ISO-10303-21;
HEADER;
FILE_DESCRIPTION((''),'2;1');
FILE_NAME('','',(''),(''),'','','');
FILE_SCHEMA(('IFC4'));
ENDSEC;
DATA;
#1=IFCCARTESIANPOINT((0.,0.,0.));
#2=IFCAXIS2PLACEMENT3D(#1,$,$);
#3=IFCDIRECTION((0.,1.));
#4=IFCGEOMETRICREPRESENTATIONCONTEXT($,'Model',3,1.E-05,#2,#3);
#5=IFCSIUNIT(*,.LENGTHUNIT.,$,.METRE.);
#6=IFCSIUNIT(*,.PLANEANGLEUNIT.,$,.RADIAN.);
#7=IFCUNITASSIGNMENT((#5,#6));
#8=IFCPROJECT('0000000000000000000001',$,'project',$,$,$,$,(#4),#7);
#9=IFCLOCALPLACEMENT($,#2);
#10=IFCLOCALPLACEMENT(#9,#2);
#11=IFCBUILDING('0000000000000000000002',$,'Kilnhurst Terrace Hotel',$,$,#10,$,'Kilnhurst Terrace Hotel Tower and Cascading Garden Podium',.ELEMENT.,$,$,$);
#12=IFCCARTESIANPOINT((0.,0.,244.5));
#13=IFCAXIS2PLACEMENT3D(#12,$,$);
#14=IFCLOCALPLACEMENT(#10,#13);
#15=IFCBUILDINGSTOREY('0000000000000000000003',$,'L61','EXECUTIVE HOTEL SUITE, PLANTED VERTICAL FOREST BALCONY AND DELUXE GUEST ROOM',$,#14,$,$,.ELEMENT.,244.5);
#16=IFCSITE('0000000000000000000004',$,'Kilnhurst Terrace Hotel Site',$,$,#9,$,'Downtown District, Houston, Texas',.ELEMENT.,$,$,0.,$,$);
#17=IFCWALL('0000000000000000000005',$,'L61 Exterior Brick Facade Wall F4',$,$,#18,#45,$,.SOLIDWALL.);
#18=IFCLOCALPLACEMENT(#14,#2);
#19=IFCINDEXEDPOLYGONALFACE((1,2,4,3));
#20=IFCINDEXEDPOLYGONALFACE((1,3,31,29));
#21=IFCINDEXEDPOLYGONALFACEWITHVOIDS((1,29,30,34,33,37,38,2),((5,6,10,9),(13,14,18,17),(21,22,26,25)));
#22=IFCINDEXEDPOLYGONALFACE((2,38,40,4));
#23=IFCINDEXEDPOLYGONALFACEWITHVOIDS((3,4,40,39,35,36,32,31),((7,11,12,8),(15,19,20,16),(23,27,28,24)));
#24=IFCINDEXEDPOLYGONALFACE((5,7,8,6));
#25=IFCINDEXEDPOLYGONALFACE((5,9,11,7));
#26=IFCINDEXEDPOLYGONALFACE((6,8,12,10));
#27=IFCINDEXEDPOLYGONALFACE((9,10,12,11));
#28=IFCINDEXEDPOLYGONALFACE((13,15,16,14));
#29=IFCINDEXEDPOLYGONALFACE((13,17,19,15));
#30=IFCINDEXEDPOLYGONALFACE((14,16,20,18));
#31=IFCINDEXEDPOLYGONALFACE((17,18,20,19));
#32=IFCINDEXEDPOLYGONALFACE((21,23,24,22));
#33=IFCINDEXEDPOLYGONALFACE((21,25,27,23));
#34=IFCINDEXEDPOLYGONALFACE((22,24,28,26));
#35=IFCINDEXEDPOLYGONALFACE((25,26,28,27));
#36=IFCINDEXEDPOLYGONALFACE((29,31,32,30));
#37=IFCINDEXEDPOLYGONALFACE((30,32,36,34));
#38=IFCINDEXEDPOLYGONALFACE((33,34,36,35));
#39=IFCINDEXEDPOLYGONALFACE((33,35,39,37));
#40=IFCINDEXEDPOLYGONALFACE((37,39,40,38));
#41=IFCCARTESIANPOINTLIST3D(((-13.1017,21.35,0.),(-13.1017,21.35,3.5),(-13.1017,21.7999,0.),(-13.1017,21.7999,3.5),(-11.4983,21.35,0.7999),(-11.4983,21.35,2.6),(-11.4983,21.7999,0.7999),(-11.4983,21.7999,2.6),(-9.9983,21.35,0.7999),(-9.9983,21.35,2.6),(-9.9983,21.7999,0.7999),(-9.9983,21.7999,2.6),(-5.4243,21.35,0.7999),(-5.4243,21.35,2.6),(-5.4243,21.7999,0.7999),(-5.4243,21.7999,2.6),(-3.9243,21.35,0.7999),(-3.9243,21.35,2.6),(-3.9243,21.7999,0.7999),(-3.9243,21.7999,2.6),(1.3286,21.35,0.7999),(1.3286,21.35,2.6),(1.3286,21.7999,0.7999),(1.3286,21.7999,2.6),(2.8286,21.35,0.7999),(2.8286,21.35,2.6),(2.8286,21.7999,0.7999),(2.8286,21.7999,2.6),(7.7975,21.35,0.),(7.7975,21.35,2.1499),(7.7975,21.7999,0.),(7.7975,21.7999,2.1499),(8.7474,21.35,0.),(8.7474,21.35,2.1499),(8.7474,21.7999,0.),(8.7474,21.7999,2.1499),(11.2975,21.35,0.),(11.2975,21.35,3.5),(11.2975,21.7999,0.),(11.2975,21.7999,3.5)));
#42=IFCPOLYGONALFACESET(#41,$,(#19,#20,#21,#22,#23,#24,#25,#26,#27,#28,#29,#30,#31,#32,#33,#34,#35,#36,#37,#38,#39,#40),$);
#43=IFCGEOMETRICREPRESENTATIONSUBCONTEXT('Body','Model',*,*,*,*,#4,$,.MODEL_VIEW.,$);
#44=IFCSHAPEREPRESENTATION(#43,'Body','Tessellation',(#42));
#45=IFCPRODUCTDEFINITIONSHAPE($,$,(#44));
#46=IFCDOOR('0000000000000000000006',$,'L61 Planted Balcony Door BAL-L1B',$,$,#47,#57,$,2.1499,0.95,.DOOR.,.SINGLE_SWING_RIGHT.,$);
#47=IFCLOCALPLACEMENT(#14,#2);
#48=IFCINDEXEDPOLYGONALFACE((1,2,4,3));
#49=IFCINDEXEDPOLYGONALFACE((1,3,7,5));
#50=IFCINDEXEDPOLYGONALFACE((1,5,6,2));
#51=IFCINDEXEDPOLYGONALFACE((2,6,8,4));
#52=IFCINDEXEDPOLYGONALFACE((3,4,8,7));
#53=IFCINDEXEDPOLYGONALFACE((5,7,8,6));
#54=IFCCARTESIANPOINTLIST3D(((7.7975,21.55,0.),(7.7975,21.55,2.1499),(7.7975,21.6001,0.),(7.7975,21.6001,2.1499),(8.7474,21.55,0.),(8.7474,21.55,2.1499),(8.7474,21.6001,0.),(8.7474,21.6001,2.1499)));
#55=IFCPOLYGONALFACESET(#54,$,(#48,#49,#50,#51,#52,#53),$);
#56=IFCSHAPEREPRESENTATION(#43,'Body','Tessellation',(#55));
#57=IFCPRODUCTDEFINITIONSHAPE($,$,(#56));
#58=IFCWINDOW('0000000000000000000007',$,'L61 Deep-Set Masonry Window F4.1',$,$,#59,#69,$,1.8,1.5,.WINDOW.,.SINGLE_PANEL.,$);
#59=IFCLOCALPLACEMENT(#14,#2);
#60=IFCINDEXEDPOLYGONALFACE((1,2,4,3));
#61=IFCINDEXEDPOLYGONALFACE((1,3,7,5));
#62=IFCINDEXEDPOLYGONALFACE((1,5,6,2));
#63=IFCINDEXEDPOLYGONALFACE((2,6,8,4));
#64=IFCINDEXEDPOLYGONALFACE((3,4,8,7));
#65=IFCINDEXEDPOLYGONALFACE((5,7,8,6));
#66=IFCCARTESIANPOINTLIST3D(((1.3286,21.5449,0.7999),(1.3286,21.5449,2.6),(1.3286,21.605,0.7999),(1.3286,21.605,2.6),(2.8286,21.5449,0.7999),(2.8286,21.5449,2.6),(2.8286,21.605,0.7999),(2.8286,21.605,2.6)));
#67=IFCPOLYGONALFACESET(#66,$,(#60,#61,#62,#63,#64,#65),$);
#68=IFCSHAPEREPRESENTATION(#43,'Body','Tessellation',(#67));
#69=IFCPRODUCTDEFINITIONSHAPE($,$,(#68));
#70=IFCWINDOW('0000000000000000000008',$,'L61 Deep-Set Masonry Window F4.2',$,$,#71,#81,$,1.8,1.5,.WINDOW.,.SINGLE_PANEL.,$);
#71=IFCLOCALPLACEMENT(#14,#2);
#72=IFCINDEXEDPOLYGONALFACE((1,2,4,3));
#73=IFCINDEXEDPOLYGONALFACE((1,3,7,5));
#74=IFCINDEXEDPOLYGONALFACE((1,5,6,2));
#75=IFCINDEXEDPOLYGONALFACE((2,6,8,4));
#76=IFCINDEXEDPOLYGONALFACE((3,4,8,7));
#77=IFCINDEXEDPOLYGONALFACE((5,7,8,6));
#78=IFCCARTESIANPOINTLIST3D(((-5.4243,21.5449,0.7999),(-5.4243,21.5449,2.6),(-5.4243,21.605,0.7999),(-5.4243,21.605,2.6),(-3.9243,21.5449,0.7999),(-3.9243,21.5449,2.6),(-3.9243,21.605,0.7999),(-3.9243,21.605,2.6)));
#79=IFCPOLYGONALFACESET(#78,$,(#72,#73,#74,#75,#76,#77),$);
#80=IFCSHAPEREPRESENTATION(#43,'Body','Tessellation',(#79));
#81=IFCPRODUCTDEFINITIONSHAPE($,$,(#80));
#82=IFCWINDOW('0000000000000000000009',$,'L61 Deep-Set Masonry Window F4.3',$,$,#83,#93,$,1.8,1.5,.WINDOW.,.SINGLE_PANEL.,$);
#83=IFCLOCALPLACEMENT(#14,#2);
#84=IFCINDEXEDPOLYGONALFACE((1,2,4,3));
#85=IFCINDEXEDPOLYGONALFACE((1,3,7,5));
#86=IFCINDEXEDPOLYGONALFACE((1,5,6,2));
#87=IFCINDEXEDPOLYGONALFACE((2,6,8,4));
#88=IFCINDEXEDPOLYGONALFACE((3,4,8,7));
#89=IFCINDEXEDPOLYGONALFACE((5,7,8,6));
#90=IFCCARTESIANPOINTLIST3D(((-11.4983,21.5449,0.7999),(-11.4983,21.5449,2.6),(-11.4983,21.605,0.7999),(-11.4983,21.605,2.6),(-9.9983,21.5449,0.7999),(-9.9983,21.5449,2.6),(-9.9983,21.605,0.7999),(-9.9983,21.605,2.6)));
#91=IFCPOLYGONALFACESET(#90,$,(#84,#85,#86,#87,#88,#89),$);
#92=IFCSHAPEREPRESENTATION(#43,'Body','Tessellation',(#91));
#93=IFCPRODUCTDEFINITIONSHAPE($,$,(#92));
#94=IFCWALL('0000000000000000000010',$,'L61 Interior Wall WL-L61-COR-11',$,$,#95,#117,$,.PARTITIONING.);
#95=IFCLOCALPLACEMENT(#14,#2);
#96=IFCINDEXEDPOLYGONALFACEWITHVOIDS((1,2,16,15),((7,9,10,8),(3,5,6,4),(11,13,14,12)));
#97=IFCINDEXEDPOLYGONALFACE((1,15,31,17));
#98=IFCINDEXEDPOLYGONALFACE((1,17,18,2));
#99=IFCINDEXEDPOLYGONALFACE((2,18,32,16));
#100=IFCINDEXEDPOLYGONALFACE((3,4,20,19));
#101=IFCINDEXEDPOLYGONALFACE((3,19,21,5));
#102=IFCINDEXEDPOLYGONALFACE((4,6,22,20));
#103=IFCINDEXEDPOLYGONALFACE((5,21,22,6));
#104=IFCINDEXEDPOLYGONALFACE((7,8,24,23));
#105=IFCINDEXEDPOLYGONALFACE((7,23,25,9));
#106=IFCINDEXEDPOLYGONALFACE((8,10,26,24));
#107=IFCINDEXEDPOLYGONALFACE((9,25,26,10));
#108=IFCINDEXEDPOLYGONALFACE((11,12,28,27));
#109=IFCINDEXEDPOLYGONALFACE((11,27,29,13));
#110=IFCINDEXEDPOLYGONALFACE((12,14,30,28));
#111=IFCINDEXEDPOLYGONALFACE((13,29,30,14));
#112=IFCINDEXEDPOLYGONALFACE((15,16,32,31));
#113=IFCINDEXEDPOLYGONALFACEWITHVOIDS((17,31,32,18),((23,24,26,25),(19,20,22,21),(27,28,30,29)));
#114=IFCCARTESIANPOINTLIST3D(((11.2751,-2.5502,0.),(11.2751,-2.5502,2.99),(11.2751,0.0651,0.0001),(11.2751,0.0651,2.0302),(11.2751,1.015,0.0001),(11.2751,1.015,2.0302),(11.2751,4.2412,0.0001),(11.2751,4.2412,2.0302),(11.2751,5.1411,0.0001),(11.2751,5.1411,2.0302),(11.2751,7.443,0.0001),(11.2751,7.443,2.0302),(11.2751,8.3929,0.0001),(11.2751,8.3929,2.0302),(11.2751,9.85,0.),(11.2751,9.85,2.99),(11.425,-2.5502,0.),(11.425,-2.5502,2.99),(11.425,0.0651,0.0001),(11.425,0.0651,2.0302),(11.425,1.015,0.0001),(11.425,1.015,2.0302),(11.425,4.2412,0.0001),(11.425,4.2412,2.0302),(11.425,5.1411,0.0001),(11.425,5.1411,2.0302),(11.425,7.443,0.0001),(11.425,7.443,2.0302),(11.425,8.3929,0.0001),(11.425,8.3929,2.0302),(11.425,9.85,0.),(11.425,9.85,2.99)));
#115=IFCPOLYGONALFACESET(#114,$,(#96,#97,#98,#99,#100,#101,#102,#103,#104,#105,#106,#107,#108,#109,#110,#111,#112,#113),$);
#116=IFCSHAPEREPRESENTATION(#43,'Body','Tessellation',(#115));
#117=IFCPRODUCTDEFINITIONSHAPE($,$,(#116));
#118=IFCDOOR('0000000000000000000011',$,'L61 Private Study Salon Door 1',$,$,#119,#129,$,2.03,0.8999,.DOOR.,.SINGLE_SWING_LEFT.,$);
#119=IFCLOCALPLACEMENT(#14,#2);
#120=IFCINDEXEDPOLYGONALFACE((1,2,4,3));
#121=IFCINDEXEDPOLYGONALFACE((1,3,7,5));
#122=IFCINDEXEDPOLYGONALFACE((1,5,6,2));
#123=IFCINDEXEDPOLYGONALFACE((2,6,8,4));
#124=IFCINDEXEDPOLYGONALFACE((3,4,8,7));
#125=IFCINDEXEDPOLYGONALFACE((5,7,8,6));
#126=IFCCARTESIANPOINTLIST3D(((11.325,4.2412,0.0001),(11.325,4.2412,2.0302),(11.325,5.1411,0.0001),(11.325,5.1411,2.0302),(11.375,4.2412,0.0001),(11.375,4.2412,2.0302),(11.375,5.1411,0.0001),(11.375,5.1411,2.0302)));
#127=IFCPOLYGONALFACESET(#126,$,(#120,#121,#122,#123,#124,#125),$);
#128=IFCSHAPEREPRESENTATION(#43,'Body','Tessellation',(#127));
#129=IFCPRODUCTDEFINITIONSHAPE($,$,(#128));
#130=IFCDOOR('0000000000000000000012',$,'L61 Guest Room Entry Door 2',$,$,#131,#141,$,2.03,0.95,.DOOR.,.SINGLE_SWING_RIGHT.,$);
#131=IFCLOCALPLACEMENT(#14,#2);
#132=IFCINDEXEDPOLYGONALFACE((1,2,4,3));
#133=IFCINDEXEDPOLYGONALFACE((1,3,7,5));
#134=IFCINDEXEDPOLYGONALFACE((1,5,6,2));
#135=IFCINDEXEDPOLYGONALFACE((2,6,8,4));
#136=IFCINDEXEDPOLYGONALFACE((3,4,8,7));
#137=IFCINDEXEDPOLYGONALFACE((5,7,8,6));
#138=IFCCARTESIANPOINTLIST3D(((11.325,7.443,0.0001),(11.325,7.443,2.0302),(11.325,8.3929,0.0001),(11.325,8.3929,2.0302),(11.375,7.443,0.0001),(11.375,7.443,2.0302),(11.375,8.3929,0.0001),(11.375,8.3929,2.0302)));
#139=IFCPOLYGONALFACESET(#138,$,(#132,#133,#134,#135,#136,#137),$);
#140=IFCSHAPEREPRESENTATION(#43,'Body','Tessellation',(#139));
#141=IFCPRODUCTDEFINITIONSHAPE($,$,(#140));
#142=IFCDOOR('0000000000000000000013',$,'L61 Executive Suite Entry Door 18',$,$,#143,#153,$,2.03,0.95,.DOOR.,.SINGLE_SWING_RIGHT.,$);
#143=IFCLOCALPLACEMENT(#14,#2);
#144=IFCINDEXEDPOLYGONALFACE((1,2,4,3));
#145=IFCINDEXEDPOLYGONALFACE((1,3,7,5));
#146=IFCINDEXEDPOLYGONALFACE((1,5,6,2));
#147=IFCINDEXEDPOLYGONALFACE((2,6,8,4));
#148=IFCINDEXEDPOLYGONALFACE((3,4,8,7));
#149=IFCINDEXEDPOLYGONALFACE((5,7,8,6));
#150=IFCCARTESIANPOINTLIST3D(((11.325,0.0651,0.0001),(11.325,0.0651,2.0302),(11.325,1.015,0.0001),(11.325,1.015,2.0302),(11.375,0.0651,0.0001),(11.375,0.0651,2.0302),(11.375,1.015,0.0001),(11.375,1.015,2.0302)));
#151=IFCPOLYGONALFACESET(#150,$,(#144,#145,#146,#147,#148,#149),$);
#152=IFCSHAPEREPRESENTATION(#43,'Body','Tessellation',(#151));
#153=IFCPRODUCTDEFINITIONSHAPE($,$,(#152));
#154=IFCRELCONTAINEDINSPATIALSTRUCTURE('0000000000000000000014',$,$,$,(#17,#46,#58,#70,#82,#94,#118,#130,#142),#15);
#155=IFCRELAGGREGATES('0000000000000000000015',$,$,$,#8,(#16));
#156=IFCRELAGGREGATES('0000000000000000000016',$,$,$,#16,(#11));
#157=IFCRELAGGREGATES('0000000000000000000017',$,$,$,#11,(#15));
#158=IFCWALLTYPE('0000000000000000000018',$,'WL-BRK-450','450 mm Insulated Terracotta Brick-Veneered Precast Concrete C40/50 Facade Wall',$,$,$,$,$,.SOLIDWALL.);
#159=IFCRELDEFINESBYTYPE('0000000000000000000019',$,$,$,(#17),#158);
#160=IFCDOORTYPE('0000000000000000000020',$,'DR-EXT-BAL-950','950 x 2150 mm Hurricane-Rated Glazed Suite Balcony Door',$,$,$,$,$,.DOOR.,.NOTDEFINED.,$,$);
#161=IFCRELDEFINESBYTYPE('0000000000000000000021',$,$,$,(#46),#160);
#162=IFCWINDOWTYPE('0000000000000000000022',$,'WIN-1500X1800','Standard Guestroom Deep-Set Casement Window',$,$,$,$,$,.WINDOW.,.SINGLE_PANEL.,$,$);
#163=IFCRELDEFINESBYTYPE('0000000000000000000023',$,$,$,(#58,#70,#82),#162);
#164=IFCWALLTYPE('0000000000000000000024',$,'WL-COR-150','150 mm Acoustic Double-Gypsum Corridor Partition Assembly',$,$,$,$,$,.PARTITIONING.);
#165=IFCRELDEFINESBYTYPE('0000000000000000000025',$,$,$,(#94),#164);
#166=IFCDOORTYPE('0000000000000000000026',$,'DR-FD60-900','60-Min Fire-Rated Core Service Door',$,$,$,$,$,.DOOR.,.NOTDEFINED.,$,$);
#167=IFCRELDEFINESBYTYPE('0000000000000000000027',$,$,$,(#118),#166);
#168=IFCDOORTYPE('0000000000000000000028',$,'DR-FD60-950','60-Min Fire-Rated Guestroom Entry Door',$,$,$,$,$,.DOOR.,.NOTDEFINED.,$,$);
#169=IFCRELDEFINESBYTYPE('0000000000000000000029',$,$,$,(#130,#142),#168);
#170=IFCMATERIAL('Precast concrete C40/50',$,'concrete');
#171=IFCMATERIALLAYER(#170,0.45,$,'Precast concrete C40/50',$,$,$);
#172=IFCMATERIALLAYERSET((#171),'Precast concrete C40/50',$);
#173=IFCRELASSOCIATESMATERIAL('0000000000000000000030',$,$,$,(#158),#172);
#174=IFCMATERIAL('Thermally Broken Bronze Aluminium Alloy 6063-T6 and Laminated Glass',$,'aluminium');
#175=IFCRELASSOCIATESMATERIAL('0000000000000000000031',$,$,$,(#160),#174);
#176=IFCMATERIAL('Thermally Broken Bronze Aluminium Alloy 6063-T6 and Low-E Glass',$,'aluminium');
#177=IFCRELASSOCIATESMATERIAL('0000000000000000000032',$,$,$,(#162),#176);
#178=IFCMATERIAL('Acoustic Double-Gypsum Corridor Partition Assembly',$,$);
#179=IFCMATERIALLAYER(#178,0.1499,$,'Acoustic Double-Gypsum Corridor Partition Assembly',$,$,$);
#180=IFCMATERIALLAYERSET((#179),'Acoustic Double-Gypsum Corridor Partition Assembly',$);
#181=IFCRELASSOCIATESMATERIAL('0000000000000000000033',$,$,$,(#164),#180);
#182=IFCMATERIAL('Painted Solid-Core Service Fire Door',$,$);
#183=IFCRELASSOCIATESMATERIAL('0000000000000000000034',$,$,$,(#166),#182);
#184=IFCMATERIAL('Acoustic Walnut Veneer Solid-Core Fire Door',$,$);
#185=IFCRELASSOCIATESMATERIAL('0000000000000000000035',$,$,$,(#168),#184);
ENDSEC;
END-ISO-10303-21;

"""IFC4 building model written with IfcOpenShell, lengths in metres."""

from ifc_helpers import new_model, si_unit, direction, frame, frame_2d, origin, place, context, subcontext, project, spatial, rectangle, extrude, material, layer, layer_set, type_object, element, fill, save


model = new_model("IFC4")

# Units and contexts
model_context = context("Model", 3, precision=1e-05, world=origin(), true_north=direction((0.0, 1.0)))
body_context = subcontext(model_context, "Body", "Model", "MODEL_VIEW")
ifc_project = project(units=[si_unit("LENGTHUNIT", "METRE"), si_unit("PLANEANGLEUNIT", "RADIAN")], contexts=[model_context])

# Site, building, storey
site_placement = place(None, origin())
site = spatial("IfcSite", under=ifc_project, at=site_placement, Name="Kilnhurst Terrace Hotel Site", LongName="Downtown District, Houston, Texas", CompositionType="ELEMENT", RefElevation=0.0)
building_placement = place(site_placement, origin())
building = spatial("IfcBuilding", under=site, at=building_placement, Name="Kilnhurst Terrace Hotel", LongName="Kilnhurst Terrace Hotel Tower and Cascading Garden Podium", CompositionType="ELEMENT")
storey_placement = place(building_placement, frame((0.0, 0.0, 244.5)))
storey = spatial("IfcBuildingStorey", under=building, at=storey_placement, Name="L61", Description="EXECUTIVE HOTEL SUITE, PLANTED VERTICAL FOREST BALCONY AND DELUXE GUEST ROOM", CompositionType="ELEMENT", Elevation=244.5)

# Shared definitions
ifc_material_1 = material(Name="Precast concrete C40/50", Category="concrete")
ifc_layer_1 = layer(ifc_material_1, 0.45, Name="Precast concrete C40/50")
ifc_layer_set_1 = layer_set([ifc_layer_1], Name="Precast concrete C40/50")
wall_type_1 = type_object("IfcWallType", Name="WL-BRK-450", Description="450 mm Insulated Terracotta Brick-Veneered Precast Concrete C40/50 Facade Wall", PredefinedType="SOLIDWALL", material=ifc_layer_set_1)

# Wall, openings, door, windows
wall_1_placement = place(storey_placement, frame((11.2976, 21.575, 0.0), z_axis=(0.0, 0.0, 1.0), x_axis=(-1.0, 0.0, 0.0)))
wall_1 = element("IfcWall", 1, at=wall_1_placement, inside=storey, type_object=wall_type_1, Name="L61 Exterior Brick Facade Wall F4", PredefinedType="SOLIDWALL", context=body_context, shape_type="SweptSolid", body=[
    extrude(rectangle(XDim=24.3992, YDim=0.45, at=frame_2d((12.1997, 0.0))), origin(), (0.0, 0.0, 1.0), 3.5),
])
opening_1_placement = place(wall_1_placement, frame((2.55, 0.0, 0.0)))
opening_1 = element("IfcOpeningElement", 2, at=opening_1_placement, cuts=wall_1, PredefinedType="OPENING", context=body_context, shape_type="SweptSolid", body=[
    extrude(rectangle(XDim=0.95, YDim=2.1499, at=frame_2d((0.4751, 1.075))), frame((0.0, 0.2349, 0.0), z_axis=(0.0, -1.0, 0.0), x_axis=(1.0, 0.0, 0.0)), (0.0, 0.0, 1.0), 0.47),
])
opening_2_placement = place(wall_1_placement, frame((8.469, 0.0, 0.8)))
opening_2 = element("IfcOpeningElement", 3, at=opening_2_placement, cuts=wall_1, PredefinedType="OPENING", context=body_context, shape_type="SweptSolid", body=[
    extrude(rectangle(XDim=1.5, YDim=1.8, at=frame_2d((0.75, 0.8999))), frame((0.0, 0.2349, 0.0), z_axis=(0.0, -1.0, 0.0), x_axis=(1.0, 0.0, 0.0)), (0.0, 0.0, 1.0), 0.47),
])
opening_3_placement = place(wall_1_placement, frame((15.2219, 0.0, 0.8)))
opening_3 = element("IfcOpeningElement", 4, at=opening_3_placement, cuts=wall_1, PredefinedType="OPENING", context=body_context, shape_type="SweptSolid", body=[
    extrude(rectangle(XDim=1.5, YDim=1.8, at=frame_2d((0.75, 0.8999))), frame((0.0, 0.2349, 0.0), z_axis=(0.0, -1.0, 0.0), x_axis=(1.0, 0.0, 0.0)), (0.0, 0.0, 1.0), 0.47),
])
opening_4_placement = place(wall_1_placement, frame((21.2959, 0.0, 0.8)))
opening_4 = element("IfcOpeningElement", 5, at=opening_4_placement, cuts=wall_1, PredefinedType="OPENING", context=body_context, shape_type="SweptSolid", body=[
    extrude(rectangle(XDim=1.5, YDim=1.8, at=frame_2d((0.75, 0.8999))), frame((0.0, 0.2349, 0.0), z_axis=(0.0, -1.0, 0.0), x_axis=(1.0, 0.0, 0.0)), (0.0, 0.0, 1.0), 0.47),
])
ifc_material_2 = material(Name="Thermally Broken Bronze Aluminium Alloy 6063-T6 and Laminated Glass", Category="aluminium")
door_type_1 = type_object("IfcDoorType", Name="DR-EXT-BAL-950", Description="950 x 2150 mm Hurricane-Rated Glazed Suite Balcony Door", OperationType="NOTDEFINED", PredefinedType="DOOR", material=ifc_material_2)
door_1_placement = place(opening_1_placement, origin())
door_1 = element("IfcDoor", 6, at=door_1_placement, inside=storey, type_object=door_type_1, Name="L61 Planted Balcony Door BAL-L1B", OperationType="SINGLE_SWING_RIGHT", OverallHeight=2.1499, OverallWidth=0.95, PredefinedType="DOOR", context=body_context, shape_type="SweptSolid", body=[
    extrude(rectangle(XDim=0.95, YDim=2.1499, at=frame_2d((0.4751, 1.075))), frame((0.0, 0.0249, 0.0), z_axis=(0.0, -1.0, 0.0), x_axis=(1.0, 0.0, 0.0)), (0.0, 0.0, 1.0), 0.05),
])
fill(opening_1, door_1)
ifc_material_3 = material(Name="Thermally Broken Bronze Aluminium Alloy 6063-T6 and Low-E Glass", Category="aluminium")
window_type = type_object("IfcWindowType", Name="WIN-1500X1800", Description="Standard Guestroom Deep-Set Casement Window", PartitioningType="SINGLE_PANEL", PredefinedType="WINDOW", material=ifc_material_3)
window_1_placement = place(opening_2_placement, origin())
window_1 = element("IfcWindow", 7, at=window_1_placement, inside=storey, type_object=window_type, Name="L61 Deep-Set Masonry Window F4.1", OverallHeight=1.8, OverallWidth=1.5, PartitioningType="SINGLE_PANEL", PredefinedType="WINDOW", context=body_context, shape_type="SweptSolid", body=[
    extrude(rectangle(XDim=1.5, YDim=1.8, at=frame_2d((0.75, 0.8999))), frame((0.0, 0.03, 0.0), z_axis=(0.0, -1.0, 0.0), x_axis=(1.0, 0.0, 0.0)), (0.0, 0.0, 1.0), 0.0601),
])
fill(opening_2, window_1)
window_2_placement = place(opening_3_placement, origin())
window_2 = element("IfcWindow", 8, at=window_2_placement, inside=storey, type_object=window_type, Name="L61 Deep-Set Masonry Window F4.2", OverallHeight=1.8, OverallWidth=1.5, PartitioningType="SINGLE_PANEL", PredefinedType="WINDOW", context=body_context, shape_type="SweptSolid", body=[
    extrude(rectangle(XDim=1.5, YDim=1.8, at=frame_2d((0.75, 0.8999))), frame((0.0, 0.03, 0.0), z_axis=(0.0, -1.0, 0.0), x_axis=(1.0, 0.0, 0.0)), (0.0, 0.0, 1.0), 0.0601),
])
fill(opening_3, window_2)
window_3_placement = place(opening_4_placement, origin())
window_3 = element("IfcWindow", 9, at=window_3_placement, inside=storey, type_object=window_type, Name="L61 Deep-Set Masonry Window F4.3", OverallHeight=1.8, OverallWidth=1.5, PartitioningType="SINGLE_PANEL", PredefinedType="WINDOW", context=body_context, shape_type="SweptSolid", body=[
    extrude(rectangle(XDim=1.5, YDim=1.8, at=frame_2d((0.75, 0.8999))), frame((0.0, 0.03, 0.0), z_axis=(0.0, -1.0, 0.0), x_axis=(1.0, 0.0, 0.0)), (0.0, 0.0, 1.0), 0.0601),
])
fill(opening_4, window_3)

# Wall, openings, doors
ifc_material_4 = material(Name="Acoustic Double-Gypsum Corridor Partition Assembly")
ifc_layer_2 = layer(ifc_material_4, 0.1499, Name="Acoustic Double-Gypsum Corridor Partition Assembly")
ifc_layer_set_2 = layer_set([ifc_layer_2], Name="Acoustic Double-Gypsum Corridor Partition Assembly")
wall_type_2 = type_object("IfcWallType", Name="WL-COR-150", Description="150 mm Acoustic Double-Gypsum Corridor Partition Assembly", PredefinedType="PARTITIONING", material=ifc_layer_set_2)
wall_2_placement = place(storey_placement, frame((11.3501, 9.8501, 0.0), z_axis=(0.0, 0.0, 1.0), x_axis=(0.0, -1.0, 0.0)))
wall_2 = element("IfcWall", 10, at=wall_2_placement, inside=storey, type_object=wall_type_2, Name="L61 Interior Wall WL-L61-COR-11", PredefinedType="PARTITIONING", context=body_context, shape_type="SweptSolid", body=[
    extrude(rectangle(XDim=12.4001, YDim=0.1499, at=frame_2d((6.2002, 0.0))), origin(), (0.0, 0.0, 1.0), 2.99),
])
opening_5_placement = place(wall_2_placement, frame((4.709, 0.0, 0.0)))
opening_5 = element("IfcOpeningElement", 11, at=opening_5_placement, cuts=wall_2, PredefinedType="OPENING", context=body_context, shape_type="SweptSolid", body=[
    extrude(rectangle(XDim=0.8999, YDim=2.03, at=frame_2d((0.45, 1.0151))), frame((0.0, 0.085, 0.0), z_axis=(0.0, -1.0, 0.0), x_axis=(1.0, 0.0, 0.0)), (0.0, 0.0, 1.0), 0.1699),
])
opening_6_placement = place(wall_2_placement, frame((1.457, 0.0, 0.0)))
opening_6 = element("IfcOpeningElement", 12, at=opening_6_placement, cuts=wall_2, PredefinedType="OPENING", context=body_context, shape_type="SweptSolid", body=[
    extrude(rectangle(XDim=0.95, YDim=2.03, at=frame_2d((0.4751, 1.0151))), frame((0.0, 0.085, 0.0), z_axis=(0.0, -1.0, 0.0), x_axis=(1.0, 0.0, 0.0)), (0.0, 0.0, 1.0), 0.1699),
])
opening_7_placement = place(wall_2_placement, frame((8.835, 0.0, 0.0)))
opening_7 = element("IfcOpeningElement", 13, at=opening_7_placement, cuts=wall_2, PredefinedType="OPENING", context=body_context, shape_type="SweptSolid", body=[
    extrude(rectangle(XDim=0.95, YDim=2.03, at=frame_2d((0.4751, 1.0151))), frame((0.0, 0.085, 0.0), z_axis=(0.0, -1.0, 0.0), x_axis=(1.0, 0.0, 0.0)), (0.0, 0.0, 1.0), 0.1699),
])
ifc_material_5 = material(Name="Painted Solid-Core Service Fire Door")
door_type_2 = type_object("IfcDoorType", Name="DR-FD60-900", Description="60-Min Fire-Rated Core Service Door", OperationType="NOTDEFINED", PredefinedType="DOOR", material=ifc_material_5)
door_2_placement = place(opening_5_placement, origin())
door_2 = element("IfcDoor", 14, at=door_2_placement, inside=storey, type_object=door_type_2, Name="L61 Private Study Salon Door 1", OperationType="SINGLE_SWING_LEFT", OverallHeight=2.03, OverallWidth=0.8999, PredefinedType="DOOR", context=body_context, shape_type="SweptSolid", body=[
    extrude(rectangle(XDim=0.8999, YDim=2.03, at=frame_2d((0.45, 1.0151))), frame((0.0, 0.0249, 0.0), z_axis=(0.0, -1.0, 0.0), x_axis=(1.0, 0.0, 0.0)), (0.0, 0.0, 1.0), 0.05),
])
fill(opening_5, door_2)
ifc_material_6 = material(Name="Acoustic Walnut Veneer Solid-Core Fire Door")
door_type_3 = type_object("IfcDoorType", Name="DR-FD60-950", Description="60-Min Fire-Rated Guestroom Entry Door", OperationType="NOTDEFINED", PredefinedType="DOOR", material=ifc_material_6)
door_3_placement = place(opening_6_placement, origin())
door_3 = element("IfcDoor", 15, at=door_3_placement, inside=storey, type_object=door_type_3, Name="L61 Guest Room Entry Door 2", OperationType="SINGLE_SWING_RIGHT", OverallHeight=2.03, OverallWidth=0.95, PredefinedType="DOOR", context=body_context, shape_type="SweptSolid", body=[
    extrude(rectangle(XDim=0.95, YDim=2.03, at=frame_2d((0.4751, 1.0151))), frame((0.0, 0.0249, 0.0), z_axis=(0.0, -1.0, 0.0), x_axis=(1.0, 0.0, 0.0)), (0.0, 0.0, 1.0), 0.05),
])
fill(opening_6, door_3)
door_4_placement = place(opening_7_placement, origin())
door_4 = element("IfcDoor", 16, at=door_4_placement, inside=storey, type_object=door_type_3, Name="L61 Executive Suite Entry Door 18", OperationType="SINGLE_SWING_RIGHT", OverallHeight=2.03, OverallWidth=0.95, PredefinedType="DOOR", context=body_context, shape_type="SweptSolid", body=[
    extrude(rectangle(XDim=0.95, YDim=2.03, at=frame_2d((0.4751, 1.0151))), frame((0.0, 0.0249, 0.0), z_axis=(0.0, -1.0, 0.0), x_axis=(1.0, 0.0, 0.0)), (0.0, 0.0, 1.0), 0.05),
])
fill(opening_7, door_4)

save(model, "model.ifc")
